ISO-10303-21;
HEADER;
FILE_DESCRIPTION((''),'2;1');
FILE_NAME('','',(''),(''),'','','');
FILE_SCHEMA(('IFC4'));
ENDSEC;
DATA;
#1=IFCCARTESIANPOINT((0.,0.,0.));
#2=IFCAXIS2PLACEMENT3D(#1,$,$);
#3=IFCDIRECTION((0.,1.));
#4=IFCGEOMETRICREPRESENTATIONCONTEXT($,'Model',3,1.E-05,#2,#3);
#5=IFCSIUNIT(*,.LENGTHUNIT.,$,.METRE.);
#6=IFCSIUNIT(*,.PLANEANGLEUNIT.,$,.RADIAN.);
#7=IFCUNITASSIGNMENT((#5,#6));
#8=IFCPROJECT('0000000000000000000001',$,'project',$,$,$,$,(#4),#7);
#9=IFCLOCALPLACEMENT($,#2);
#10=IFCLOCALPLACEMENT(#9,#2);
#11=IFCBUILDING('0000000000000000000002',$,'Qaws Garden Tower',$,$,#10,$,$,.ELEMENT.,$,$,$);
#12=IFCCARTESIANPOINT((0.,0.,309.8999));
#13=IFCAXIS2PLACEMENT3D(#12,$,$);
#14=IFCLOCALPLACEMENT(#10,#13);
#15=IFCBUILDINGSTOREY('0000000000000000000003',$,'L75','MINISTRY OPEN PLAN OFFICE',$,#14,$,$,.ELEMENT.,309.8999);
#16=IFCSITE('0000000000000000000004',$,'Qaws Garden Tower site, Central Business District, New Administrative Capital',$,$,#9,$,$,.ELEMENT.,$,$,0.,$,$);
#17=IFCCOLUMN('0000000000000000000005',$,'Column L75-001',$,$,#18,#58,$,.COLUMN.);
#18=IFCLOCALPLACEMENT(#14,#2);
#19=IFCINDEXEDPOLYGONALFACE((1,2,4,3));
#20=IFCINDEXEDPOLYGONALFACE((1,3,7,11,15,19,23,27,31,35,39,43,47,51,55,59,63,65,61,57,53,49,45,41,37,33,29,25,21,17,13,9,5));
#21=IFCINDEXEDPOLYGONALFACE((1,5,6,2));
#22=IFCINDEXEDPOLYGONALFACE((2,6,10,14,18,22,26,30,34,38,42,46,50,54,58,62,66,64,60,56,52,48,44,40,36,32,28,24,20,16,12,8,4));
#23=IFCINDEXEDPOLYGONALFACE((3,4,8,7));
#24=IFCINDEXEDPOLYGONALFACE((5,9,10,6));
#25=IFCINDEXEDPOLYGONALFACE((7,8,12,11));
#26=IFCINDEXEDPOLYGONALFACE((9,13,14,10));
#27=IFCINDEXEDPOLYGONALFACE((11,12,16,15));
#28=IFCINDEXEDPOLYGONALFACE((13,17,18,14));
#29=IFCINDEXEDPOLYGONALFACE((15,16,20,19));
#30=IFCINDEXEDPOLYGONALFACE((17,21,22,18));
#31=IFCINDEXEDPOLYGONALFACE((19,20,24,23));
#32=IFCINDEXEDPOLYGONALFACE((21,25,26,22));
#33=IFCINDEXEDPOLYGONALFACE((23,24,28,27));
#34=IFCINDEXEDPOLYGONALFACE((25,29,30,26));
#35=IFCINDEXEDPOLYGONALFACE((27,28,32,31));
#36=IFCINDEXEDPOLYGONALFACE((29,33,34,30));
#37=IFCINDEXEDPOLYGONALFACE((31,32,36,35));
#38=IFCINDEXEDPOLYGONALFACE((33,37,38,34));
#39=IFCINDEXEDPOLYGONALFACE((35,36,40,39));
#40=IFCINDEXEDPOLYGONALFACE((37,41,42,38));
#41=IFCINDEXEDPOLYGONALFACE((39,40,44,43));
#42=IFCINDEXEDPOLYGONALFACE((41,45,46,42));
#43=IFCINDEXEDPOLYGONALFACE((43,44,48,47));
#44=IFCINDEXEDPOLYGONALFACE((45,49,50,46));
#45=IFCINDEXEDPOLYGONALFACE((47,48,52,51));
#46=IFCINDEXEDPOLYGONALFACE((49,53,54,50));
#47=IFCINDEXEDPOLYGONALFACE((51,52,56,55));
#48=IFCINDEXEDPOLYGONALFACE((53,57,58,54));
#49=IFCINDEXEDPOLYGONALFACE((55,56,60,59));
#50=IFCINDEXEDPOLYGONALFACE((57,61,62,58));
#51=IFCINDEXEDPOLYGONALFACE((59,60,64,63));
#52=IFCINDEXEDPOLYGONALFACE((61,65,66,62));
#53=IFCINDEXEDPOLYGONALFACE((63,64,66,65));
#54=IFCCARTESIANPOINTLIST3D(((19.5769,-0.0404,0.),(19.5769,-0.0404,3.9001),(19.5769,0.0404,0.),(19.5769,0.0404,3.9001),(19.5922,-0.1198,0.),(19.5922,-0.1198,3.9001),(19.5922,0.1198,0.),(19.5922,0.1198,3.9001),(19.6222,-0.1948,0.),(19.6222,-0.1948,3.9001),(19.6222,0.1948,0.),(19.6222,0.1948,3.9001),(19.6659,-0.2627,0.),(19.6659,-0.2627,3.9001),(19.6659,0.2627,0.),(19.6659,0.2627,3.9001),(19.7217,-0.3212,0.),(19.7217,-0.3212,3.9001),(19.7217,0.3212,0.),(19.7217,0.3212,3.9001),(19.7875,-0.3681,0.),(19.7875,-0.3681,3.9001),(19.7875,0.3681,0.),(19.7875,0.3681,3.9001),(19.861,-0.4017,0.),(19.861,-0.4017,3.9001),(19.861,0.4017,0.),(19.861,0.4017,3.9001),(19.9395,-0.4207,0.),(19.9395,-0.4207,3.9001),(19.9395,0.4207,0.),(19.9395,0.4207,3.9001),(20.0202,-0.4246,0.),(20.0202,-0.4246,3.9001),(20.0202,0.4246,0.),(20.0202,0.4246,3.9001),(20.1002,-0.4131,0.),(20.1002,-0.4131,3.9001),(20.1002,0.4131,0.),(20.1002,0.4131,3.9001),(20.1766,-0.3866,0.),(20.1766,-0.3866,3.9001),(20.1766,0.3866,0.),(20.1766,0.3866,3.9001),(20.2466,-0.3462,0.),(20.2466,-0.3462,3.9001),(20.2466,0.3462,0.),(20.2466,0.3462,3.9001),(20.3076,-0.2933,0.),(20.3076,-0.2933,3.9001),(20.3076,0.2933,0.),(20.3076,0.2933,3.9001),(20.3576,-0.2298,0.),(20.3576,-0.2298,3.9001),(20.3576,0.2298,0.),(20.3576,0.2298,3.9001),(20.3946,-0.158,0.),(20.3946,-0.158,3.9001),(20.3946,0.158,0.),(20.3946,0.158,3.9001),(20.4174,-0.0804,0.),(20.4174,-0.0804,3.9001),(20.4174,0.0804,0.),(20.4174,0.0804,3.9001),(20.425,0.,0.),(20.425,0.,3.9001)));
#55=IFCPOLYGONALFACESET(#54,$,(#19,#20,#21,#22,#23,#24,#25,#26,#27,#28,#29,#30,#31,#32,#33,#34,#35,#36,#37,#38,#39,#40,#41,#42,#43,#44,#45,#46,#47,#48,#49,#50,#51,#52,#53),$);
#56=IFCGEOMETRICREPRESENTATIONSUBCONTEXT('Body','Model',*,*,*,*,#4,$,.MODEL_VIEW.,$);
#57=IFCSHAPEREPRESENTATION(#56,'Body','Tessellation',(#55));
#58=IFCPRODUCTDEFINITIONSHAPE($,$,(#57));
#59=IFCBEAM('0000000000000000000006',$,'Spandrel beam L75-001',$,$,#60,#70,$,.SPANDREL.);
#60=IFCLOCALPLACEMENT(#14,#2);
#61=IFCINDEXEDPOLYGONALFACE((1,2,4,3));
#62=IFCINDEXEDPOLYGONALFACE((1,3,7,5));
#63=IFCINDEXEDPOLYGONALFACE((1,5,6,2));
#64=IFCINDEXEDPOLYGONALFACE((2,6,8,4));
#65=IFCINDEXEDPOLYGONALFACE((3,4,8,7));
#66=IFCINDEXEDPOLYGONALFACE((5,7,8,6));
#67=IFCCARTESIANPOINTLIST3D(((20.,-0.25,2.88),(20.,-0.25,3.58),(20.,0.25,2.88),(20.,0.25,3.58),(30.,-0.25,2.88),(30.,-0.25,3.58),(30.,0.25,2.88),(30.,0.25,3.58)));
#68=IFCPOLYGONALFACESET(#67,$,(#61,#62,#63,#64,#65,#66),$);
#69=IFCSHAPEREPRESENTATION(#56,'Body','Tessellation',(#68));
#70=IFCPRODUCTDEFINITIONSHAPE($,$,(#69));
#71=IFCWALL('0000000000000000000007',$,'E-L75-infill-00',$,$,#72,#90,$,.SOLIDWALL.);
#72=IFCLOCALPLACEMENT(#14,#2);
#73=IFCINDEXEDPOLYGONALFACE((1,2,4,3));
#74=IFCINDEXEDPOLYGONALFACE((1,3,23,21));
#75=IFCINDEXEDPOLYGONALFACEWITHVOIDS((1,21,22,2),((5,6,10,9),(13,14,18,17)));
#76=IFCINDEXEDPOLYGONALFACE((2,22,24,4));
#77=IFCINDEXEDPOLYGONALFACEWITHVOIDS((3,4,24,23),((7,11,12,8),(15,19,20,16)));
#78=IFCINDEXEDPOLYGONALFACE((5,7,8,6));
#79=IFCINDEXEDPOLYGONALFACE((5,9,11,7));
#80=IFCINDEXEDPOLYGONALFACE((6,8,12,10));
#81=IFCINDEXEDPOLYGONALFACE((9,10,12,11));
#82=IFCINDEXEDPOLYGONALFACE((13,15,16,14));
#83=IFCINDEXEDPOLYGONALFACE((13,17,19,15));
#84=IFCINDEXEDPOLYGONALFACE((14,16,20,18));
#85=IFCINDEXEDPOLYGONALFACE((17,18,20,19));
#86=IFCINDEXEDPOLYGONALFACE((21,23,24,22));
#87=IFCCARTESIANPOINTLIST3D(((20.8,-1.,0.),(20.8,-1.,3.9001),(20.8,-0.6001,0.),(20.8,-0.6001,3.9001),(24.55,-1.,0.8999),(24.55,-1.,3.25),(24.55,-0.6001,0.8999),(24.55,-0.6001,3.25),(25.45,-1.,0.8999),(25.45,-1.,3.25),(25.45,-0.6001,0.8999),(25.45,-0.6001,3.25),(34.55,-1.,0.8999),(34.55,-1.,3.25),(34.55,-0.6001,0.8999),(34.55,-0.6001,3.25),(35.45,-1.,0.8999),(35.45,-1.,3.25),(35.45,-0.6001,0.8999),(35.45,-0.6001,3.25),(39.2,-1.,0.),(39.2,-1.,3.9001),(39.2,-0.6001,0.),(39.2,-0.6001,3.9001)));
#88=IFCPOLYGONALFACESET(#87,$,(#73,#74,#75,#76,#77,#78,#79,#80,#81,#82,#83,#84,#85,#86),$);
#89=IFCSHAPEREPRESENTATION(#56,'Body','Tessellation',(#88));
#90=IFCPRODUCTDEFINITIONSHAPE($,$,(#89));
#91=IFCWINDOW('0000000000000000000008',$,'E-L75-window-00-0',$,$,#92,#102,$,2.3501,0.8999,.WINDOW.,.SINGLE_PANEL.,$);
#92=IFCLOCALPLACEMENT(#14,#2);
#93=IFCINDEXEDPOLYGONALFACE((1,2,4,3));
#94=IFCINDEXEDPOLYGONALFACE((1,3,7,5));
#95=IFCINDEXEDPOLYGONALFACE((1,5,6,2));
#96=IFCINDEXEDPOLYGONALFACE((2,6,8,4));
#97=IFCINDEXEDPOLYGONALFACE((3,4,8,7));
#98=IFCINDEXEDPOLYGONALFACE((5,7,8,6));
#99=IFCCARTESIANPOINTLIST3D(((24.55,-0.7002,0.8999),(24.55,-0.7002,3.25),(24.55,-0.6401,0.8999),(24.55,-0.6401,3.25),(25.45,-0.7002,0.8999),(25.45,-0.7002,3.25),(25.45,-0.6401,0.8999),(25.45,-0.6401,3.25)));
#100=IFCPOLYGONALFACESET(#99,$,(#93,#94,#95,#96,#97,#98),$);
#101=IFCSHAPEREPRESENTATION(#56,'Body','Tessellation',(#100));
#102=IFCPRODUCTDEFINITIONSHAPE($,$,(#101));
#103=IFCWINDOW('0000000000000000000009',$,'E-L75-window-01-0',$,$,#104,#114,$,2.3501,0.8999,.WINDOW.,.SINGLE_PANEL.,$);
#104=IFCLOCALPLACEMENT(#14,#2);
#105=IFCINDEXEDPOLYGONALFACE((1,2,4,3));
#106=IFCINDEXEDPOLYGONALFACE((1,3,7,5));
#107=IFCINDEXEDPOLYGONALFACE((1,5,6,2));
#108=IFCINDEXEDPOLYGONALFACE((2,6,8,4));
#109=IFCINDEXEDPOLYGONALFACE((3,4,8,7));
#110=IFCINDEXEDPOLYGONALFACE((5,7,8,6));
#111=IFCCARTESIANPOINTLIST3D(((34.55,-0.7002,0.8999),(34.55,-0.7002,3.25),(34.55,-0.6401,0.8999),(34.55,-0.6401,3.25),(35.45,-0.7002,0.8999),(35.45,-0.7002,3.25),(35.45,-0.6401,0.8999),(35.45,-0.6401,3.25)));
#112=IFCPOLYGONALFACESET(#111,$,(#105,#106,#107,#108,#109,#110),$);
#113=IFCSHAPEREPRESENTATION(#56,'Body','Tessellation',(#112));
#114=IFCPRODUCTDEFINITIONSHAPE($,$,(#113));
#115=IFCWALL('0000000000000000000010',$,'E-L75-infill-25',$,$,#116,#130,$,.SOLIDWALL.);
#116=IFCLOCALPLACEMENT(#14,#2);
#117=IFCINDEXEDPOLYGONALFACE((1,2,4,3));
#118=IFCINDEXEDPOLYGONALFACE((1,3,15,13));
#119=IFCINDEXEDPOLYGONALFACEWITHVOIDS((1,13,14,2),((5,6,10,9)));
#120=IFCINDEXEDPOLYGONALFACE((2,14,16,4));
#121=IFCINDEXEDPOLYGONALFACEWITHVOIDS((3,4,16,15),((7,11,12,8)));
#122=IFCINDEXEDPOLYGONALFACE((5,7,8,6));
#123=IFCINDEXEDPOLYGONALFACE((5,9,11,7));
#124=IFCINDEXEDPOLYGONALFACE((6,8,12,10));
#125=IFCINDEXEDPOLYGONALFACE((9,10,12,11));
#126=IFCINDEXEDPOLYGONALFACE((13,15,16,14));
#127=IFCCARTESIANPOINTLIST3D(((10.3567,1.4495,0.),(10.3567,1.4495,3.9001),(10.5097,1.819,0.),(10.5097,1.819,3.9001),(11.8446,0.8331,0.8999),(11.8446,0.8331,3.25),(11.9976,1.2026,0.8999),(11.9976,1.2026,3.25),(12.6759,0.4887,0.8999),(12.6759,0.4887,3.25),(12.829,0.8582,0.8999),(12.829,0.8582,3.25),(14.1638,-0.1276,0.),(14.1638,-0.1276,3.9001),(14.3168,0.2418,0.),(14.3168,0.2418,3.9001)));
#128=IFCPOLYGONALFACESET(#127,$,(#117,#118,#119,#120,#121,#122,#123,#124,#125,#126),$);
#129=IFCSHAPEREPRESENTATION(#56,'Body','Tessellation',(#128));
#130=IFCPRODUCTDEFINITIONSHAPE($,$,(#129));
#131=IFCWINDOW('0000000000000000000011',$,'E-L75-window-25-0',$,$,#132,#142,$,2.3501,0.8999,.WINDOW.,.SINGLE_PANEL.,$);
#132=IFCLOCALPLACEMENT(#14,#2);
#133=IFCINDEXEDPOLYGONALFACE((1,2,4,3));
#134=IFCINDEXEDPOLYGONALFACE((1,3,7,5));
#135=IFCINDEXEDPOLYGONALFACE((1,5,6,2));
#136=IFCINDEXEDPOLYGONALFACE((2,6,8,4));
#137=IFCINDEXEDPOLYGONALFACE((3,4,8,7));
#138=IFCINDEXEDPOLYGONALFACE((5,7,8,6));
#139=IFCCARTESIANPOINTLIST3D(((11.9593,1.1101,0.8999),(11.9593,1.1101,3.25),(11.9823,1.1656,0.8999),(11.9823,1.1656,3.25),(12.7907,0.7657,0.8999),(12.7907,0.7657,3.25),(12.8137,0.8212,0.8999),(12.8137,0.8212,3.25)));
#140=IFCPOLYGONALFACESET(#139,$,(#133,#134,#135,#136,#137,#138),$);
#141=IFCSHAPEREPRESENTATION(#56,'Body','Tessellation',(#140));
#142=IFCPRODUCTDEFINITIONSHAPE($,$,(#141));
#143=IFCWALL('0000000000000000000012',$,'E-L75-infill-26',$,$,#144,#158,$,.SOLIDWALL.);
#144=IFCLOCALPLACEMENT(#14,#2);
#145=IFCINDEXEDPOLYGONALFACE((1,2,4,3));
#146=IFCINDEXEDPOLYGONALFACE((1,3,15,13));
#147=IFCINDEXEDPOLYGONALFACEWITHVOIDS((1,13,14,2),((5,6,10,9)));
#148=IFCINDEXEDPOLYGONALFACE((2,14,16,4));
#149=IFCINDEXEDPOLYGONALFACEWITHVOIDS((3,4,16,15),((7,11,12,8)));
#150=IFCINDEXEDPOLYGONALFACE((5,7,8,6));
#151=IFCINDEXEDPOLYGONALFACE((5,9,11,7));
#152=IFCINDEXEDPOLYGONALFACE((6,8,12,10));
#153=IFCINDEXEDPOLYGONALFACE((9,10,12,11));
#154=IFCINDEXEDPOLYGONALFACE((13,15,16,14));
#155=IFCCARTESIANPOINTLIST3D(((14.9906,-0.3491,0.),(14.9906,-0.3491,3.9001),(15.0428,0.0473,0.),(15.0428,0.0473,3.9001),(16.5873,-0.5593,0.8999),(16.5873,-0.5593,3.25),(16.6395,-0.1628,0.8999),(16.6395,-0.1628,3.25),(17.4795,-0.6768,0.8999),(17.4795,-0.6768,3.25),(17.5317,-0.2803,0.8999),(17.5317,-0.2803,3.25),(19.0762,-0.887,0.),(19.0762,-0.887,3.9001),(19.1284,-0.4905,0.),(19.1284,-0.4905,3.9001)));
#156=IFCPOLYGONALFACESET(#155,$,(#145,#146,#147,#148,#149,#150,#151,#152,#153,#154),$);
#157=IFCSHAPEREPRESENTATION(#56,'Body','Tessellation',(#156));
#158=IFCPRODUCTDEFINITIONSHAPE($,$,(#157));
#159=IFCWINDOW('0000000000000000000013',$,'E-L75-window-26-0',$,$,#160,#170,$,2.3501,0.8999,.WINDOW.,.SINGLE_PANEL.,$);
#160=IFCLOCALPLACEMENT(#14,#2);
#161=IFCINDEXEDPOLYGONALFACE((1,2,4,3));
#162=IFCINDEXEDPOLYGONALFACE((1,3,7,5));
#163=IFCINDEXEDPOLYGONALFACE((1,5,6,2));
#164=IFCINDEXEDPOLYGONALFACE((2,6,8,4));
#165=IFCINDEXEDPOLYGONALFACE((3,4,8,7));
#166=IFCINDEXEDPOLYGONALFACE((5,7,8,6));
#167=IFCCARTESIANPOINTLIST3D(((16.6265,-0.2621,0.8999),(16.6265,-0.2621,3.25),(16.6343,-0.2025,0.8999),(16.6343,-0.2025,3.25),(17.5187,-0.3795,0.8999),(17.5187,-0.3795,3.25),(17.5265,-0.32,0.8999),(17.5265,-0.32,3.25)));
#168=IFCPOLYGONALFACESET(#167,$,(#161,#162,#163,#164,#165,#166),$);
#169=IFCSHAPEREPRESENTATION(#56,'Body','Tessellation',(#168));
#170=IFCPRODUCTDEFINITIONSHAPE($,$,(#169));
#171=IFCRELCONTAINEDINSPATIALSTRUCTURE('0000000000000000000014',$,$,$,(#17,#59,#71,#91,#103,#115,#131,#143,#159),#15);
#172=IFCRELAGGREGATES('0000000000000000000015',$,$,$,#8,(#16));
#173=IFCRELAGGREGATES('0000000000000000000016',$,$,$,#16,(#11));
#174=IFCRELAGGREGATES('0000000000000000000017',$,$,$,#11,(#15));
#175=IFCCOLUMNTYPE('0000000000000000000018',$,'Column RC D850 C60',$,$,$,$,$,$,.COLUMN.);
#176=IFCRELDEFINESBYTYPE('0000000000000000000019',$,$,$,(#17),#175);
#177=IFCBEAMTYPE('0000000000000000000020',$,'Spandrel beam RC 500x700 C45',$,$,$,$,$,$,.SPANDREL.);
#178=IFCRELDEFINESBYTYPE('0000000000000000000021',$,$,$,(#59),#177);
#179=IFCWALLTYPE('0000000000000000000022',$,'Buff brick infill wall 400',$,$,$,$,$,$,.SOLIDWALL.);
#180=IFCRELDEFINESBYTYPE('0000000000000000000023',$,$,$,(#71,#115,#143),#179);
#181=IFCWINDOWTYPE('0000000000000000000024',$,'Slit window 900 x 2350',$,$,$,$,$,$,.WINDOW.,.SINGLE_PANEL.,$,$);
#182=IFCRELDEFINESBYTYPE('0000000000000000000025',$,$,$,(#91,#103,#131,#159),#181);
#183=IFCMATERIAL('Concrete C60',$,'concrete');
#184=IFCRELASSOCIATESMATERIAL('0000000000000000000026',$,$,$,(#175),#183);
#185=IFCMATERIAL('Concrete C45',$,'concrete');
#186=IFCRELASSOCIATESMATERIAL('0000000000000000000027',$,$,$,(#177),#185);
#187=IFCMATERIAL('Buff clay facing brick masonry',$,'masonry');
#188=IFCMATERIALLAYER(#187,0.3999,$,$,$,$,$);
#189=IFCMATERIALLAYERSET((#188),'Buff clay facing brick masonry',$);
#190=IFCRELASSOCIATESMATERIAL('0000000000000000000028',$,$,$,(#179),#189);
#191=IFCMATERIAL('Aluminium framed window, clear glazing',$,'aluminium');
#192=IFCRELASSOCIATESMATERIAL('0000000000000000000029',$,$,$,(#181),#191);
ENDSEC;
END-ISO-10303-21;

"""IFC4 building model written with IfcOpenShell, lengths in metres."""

from ifc_helpers import new_model, si_unit, direction, frame, frame_2d, origin, origin_2d, place, context, subcontext, project, spatial, rectangle, circle, extrude, material, layer, layer_set, material_profile, profile_set, type_object, element, fill, save


model = new_model("IFC4")

# Units and contexts
model_context = context("Model", 3, precision=1e-05, world=origin(), true_north=direction((0.0, 1.0)))
body_context = subcontext(model_context, "Body", "Model", "MODEL_VIEW")
ifc_project = project(units=[si_unit("LENGTHUNIT", "METRE"), si_unit("PLANEANGLEUNIT", "RADIAN")], contexts=[model_context])

# Site, building, storey
site_placement = place(None, origin())
site = spatial("IfcSite", under=ifc_project, at=site_placement, Name="Qaws Garden Tower site, Central Business District, New Administrative Capital", CompositionType="ELEMENT", RefElevation=0.0)
building_placement = place(site_placement, origin())
building = spatial("IfcBuilding", under=site, at=building_placement, Name="Qaws Garden Tower", CompositionType="ELEMENT")
storey_placement = place(building_placement, frame((0.0, 0.0, 309.8999)))
storey = spatial("IfcBuildingStorey", under=building, at=storey_placement, Name="L75", Description="MINISTRY OPEN PLAN OFFICE", CompositionType="ELEMENT", Elevation=309.8999)

# Column
ifc_material_1 = material(Name="Concrete C60", Category="concrete")
ifc_material_profile_1 = material_profile(ifc_material_1, circle(Radius=0.425, at=origin_2d()), Name="RC D850")
ifc_profile_set_1 = profile_set([ifc_material_profile_1], Name="Concrete C60")
column_type = type_object("IfcColumnType", Name="Column RC D850 C60", PredefinedType="COLUMN", material=ifc_profile_set_1)
column_placement = place(storey_placement, frame((20.0, 0.0, 0.0), z_axis=(0.0, 0.0, 1.0), x_axis=(1.0, 0.0, 0.0)))
element("IfcColumn", 1, at=column_placement, inside=storey, type_object=column_type, Name="Column L75-001", PredefinedType="COLUMN", context=body_context, shape_type="SweptSolid", body=[
    extrude(circle(Radius=0.425, at=origin_2d()), origin(), (0.0, 0.0, 1.0), 3.9001),
])

# Beam
ifc_material_2 = material(Name="Concrete C45", Category="concrete")
ifc_material_profile_2 = material_profile(ifc_material_2, rectangle(XDim=0.5, YDim=0.7, at=origin_2d()), Name="RC 500x700")
ifc_profile_set_2 = profile_set([ifc_material_profile_2], Name="Concrete C45")
beam_type = type_object("IfcBeamType", Name="Spandrel beam RC 500x700 C45", PredefinedType="SPANDREL", material=ifc_profile_set_2)
beam_placement = place(storey_placement, frame((20.0, 0.0, 3.23), z_axis=(1.0, 0.0, 0.0), x_axis=(0.0, 1.0, 0.0)))
element("IfcBeam", 2, at=beam_placement, inside=storey, type_object=beam_type, Name="Spandrel beam L75-001", PredefinedType="SPANDREL", context=body_context, shape_type="SweptSolid", body=[
    extrude(rectangle(XDim=0.5, YDim=0.7, at=origin_2d()), origin(), (0.0, 0.0, 1.0), 10.0),
])

# Wall, openings, windows
ifc_material_3 = material(Name="Buff clay facing brick masonry", Category="masonry")
ifc_layer_1 = layer(ifc_material_3, 0.3999)
ifc_layer_set_1 = layer_set([ifc_layer_1], Name="Buff clay facing brick masonry")
wall_type_1 = type_object("IfcWallType", Name="Buff brick infill wall 400", PredefinedType="SOLIDWALL", material=ifc_layer_set_1)
wall_1_placement = place(storey_placement, frame((20.8, -0.8, 0.0), z_axis=(0.0, 0.0, 1.0), x_axis=(1.0, 0.0, 0.0)))
wall_1 = element("IfcWall", 3, at=wall_1_placement, inside=storey, type_object=wall_type_1, Name="E-L75-infill-00", PredefinedType="SOLIDWALL", context=body_context, shape_type="SweptSolid", body=[
    extrude(rectangle(XDim=18.3999, YDim=0.3999, at=frame_2d((9.2, 0.0))), origin(), (0.0, 0.0, 1.0), 3.9001),
])
opening_1_placement = place(wall_1_placement, frame((3.75, 0.0, 0.8999)))
opening_1 = element("IfcOpeningElement", 4, at=opening_1_placement, cuts=wall_1, PredefinedType="OPENING", context=body_context, shape_type="SweptSolid", body=[
    extrude(rectangle(XDim=0.8999, YDim=2.3501, at=frame_2d((0.45, 1.175))), frame((0.0, 0.21, 0.0), z_axis=(0.0, -1.0, 0.0), x_axis=(1.0, 0.0, 0.0)), (0.0, 0.0, 1.0), 0.4199),
])
opening_2_placement = place(wall_1_placement, frame((13.75, 0.0, 0.8999)))
opening_2 = element("IfcOpeningElement", 5, at=opening_2_placement, cuts=wall_1, PredefinedType="OPENING", context=body_context, shape_type="SweptSolid", body=[
    extrude(rectangle(XDim=0.8999, YDim=2.3501, at=frame_2d((0.45, 1.175))), frame((0.0, 0.21, 0.0), z_axis=(0.0, -1.0, 0.0), x_axis=(1.0, 0.0, 0.0)), (0.0, 0.0, 1.0), 0.4199),
])
ifc_material_4 = material(Name="Aluminium framed window, clear glazing", Category="aluminium")
window_type = type_object("IfcWindowType", Name="Slit window 900 x 2350", PartitioningType="SINGLE_PANEL", PredefinedType="WINDOW", material=ifc_material_4)
window_1_placement = place(opening_1_placement, origin())
window_1 = element("IfcWindow", 6, at=window_1_placement, inside=storey, type_object=window_type, Name="E-L75-window-00-0", OverallHeight=2.3501, OverallWidth=0.8999, PartitioningType="SINGLE_PANEL", PredefinedType="WINDOW", context=body_context, shape_type="SweptSolid", body=[
    extrude(rectangle(XDim=0.8999, YDim=2.3501, at=frame_2d((0.45, 1.175))), frame((0.0, 0.1599, 0.0), z_axis=(0.0, -1.0, 0.0), x_axis=(1.0, 0.0, 0.0)), (0.0, 0.0, 1.0), 0.0601),
])
fill(opening_1, window_1)
window_2_placement = place(opening_2_placement, origin())
window_2 = element("IfcWindow", 7, at=window_2_placement, inside=storey, type_object=window_type, Name="E-L75-window-01-0", OverallHeight=2.3501, OverallWidth=0.8999, PartitioningType="SINGLE_PANEL", PredefinedType="WINDOW", context=body_context, shape_type="SweptSolid", body=[
    extrude(rectangle(XDim=0.8999, YDim=2.3501, at=frame_2d((0.45, 1.175))), frame((0.0, 0.1599, 0.0), z_axis=(0.0, -1.0, 0.0), x_axis=(1.0, 0.0, 0.0)), (0.0, 0.0, 1.0), 0.0601),
])
fill(opening_2, window_2)

# Walls, openings, windows
wall_2_placement = place(storey_placement, frame((10.4331, 1.6343, 0.0), z_axis=(0.0, 0.0, 1.0), x_axis=(0.923864, -0.382722, 0.0)))
wall_2 = element("IfcWall", 8, at=wall_2_placement, inside=storey, type_object=wall_type_1, Name="E-L75-infill-25", PredefinedType="SOLIDWALL", context=body_context, shape_type="SweptSolid", body=[
    extrude(rectangle(XDim=4.1208, YDim=0.3999, at=frame_2d((2.0605, 0.0))), origin(), (0.0, 0.0, 1.0), 3.9001),
])
opening_3_placement = place(wall_2_placement, frame((1.6106, 0.0, 0.8999)))
opening_3 = element("IfcOpeningElement", 9, at=opening_3_placement, cuts=wall_2, PredefinedType="OPENING", context=body_context, shape_type="SweptSolid", body=[
    extrude(rectangle(XDim=0.8999, YDim=2.3501, at=frame_2d((0.45, 1.175))), frame((0.0, 0.21, 0.0), z_axis=(0.0, -1.0, 0.0), x_axis=(1.0, 0.0, 0.0)), (0.0, 0.0, 1.0), 0.4199),
])
window_3_placement = place(opening_3_placement, origin())
window_3 = element("IfcWindow", 10, at=window_3_placement, inside=storey, type_object=window_type, Name="E-L75-window-25-0", OverallHeight=2.3501, OverallWidth=0.8999, PartitioningType="SINGLE_PANEL", PredefinedType="WINDOW", context=body_context, shape_type="SweptSolid", body=[
    extrude(rectangle(XDim=0.8999, YDim=2.3501, at=frame_2d((0.45, 1.175))), frame((0.0, 0.1599, 0.0), z_axis=(0.0, -1.0, 0.0), x_axis=(1.0, 0.0, 0.0)), (0.0, 0.0, 1.0), 0.0601),
])
fill(opening_3, window_3)
wall_3_placement = place(storey_placement, frame((15.0166, -0.1509, 0.0), z_axis=(0.0, 0.0, 1.0), x_axis=(0.991446, -0.130514, 0.0)))
wall_3 = element("IfcWall", 11, at=wall_3_placement, inside=storey, type_object=wall_type_1, Name="E-L75-infill-26", PredefinedType="SOLIDWALL", context=body_context, shape_type="SweptSolid", body=[
    extrude(rectangle(XDim=4.1208, YDim=0.3999, at=frame_2d((2.0605, 0.0))), origin(), (0.0, 0.0, 1.0), 3.9001),
])
opening_4_placement = place(wall_3_placement, frame((1.6106, 0.0, 0.8999)))
opening_4 = element("IfcOpeningElement", 12, at=opening_4_placement, cuts=wall_3, PredefinedType="OPENING", context=body_context, shape_type="SweptSolid", body=[
    extrude(rectangle(XDim=0.8999, YDim=2.3501, at=frame_2d((0.45, 1.175))), frame((0.0, 0.21, 0.0), z_axis=(0.0, -1.0, 0.0), x_axis=(1.0, 0.0, 0.0)), (0.0, 0.0, 1.0), 0.4199),
])
window_4_placement = place(opening_4_placement, origin())
window_4 = element("IfcWindow", 13, at=window_4_placement, inside=storey, type_object=window_type, Name="E-L75-window-26-0", OverallHeight=2.3501, OverallWidth=0.8999, PartitioningType="SINGLE_PANEL", PredefinedType="WINDOW", context=body_context, shape_type="SweptSolid", body=[
    extrude(rectangle(XDim=0.8999, YDim=2.3501, at=frame_2d((0.45, 1.175))), frame((0.0, 0.1599, 0.0), z_axis=(0.0, -1.0, 0.0), x_axis=(1.0, 0.0, 0.0)), (0.0, 0.0, 1.0), 0.0601),
])
fill(opening_4, window_4)

save(model, "model.ifc")
